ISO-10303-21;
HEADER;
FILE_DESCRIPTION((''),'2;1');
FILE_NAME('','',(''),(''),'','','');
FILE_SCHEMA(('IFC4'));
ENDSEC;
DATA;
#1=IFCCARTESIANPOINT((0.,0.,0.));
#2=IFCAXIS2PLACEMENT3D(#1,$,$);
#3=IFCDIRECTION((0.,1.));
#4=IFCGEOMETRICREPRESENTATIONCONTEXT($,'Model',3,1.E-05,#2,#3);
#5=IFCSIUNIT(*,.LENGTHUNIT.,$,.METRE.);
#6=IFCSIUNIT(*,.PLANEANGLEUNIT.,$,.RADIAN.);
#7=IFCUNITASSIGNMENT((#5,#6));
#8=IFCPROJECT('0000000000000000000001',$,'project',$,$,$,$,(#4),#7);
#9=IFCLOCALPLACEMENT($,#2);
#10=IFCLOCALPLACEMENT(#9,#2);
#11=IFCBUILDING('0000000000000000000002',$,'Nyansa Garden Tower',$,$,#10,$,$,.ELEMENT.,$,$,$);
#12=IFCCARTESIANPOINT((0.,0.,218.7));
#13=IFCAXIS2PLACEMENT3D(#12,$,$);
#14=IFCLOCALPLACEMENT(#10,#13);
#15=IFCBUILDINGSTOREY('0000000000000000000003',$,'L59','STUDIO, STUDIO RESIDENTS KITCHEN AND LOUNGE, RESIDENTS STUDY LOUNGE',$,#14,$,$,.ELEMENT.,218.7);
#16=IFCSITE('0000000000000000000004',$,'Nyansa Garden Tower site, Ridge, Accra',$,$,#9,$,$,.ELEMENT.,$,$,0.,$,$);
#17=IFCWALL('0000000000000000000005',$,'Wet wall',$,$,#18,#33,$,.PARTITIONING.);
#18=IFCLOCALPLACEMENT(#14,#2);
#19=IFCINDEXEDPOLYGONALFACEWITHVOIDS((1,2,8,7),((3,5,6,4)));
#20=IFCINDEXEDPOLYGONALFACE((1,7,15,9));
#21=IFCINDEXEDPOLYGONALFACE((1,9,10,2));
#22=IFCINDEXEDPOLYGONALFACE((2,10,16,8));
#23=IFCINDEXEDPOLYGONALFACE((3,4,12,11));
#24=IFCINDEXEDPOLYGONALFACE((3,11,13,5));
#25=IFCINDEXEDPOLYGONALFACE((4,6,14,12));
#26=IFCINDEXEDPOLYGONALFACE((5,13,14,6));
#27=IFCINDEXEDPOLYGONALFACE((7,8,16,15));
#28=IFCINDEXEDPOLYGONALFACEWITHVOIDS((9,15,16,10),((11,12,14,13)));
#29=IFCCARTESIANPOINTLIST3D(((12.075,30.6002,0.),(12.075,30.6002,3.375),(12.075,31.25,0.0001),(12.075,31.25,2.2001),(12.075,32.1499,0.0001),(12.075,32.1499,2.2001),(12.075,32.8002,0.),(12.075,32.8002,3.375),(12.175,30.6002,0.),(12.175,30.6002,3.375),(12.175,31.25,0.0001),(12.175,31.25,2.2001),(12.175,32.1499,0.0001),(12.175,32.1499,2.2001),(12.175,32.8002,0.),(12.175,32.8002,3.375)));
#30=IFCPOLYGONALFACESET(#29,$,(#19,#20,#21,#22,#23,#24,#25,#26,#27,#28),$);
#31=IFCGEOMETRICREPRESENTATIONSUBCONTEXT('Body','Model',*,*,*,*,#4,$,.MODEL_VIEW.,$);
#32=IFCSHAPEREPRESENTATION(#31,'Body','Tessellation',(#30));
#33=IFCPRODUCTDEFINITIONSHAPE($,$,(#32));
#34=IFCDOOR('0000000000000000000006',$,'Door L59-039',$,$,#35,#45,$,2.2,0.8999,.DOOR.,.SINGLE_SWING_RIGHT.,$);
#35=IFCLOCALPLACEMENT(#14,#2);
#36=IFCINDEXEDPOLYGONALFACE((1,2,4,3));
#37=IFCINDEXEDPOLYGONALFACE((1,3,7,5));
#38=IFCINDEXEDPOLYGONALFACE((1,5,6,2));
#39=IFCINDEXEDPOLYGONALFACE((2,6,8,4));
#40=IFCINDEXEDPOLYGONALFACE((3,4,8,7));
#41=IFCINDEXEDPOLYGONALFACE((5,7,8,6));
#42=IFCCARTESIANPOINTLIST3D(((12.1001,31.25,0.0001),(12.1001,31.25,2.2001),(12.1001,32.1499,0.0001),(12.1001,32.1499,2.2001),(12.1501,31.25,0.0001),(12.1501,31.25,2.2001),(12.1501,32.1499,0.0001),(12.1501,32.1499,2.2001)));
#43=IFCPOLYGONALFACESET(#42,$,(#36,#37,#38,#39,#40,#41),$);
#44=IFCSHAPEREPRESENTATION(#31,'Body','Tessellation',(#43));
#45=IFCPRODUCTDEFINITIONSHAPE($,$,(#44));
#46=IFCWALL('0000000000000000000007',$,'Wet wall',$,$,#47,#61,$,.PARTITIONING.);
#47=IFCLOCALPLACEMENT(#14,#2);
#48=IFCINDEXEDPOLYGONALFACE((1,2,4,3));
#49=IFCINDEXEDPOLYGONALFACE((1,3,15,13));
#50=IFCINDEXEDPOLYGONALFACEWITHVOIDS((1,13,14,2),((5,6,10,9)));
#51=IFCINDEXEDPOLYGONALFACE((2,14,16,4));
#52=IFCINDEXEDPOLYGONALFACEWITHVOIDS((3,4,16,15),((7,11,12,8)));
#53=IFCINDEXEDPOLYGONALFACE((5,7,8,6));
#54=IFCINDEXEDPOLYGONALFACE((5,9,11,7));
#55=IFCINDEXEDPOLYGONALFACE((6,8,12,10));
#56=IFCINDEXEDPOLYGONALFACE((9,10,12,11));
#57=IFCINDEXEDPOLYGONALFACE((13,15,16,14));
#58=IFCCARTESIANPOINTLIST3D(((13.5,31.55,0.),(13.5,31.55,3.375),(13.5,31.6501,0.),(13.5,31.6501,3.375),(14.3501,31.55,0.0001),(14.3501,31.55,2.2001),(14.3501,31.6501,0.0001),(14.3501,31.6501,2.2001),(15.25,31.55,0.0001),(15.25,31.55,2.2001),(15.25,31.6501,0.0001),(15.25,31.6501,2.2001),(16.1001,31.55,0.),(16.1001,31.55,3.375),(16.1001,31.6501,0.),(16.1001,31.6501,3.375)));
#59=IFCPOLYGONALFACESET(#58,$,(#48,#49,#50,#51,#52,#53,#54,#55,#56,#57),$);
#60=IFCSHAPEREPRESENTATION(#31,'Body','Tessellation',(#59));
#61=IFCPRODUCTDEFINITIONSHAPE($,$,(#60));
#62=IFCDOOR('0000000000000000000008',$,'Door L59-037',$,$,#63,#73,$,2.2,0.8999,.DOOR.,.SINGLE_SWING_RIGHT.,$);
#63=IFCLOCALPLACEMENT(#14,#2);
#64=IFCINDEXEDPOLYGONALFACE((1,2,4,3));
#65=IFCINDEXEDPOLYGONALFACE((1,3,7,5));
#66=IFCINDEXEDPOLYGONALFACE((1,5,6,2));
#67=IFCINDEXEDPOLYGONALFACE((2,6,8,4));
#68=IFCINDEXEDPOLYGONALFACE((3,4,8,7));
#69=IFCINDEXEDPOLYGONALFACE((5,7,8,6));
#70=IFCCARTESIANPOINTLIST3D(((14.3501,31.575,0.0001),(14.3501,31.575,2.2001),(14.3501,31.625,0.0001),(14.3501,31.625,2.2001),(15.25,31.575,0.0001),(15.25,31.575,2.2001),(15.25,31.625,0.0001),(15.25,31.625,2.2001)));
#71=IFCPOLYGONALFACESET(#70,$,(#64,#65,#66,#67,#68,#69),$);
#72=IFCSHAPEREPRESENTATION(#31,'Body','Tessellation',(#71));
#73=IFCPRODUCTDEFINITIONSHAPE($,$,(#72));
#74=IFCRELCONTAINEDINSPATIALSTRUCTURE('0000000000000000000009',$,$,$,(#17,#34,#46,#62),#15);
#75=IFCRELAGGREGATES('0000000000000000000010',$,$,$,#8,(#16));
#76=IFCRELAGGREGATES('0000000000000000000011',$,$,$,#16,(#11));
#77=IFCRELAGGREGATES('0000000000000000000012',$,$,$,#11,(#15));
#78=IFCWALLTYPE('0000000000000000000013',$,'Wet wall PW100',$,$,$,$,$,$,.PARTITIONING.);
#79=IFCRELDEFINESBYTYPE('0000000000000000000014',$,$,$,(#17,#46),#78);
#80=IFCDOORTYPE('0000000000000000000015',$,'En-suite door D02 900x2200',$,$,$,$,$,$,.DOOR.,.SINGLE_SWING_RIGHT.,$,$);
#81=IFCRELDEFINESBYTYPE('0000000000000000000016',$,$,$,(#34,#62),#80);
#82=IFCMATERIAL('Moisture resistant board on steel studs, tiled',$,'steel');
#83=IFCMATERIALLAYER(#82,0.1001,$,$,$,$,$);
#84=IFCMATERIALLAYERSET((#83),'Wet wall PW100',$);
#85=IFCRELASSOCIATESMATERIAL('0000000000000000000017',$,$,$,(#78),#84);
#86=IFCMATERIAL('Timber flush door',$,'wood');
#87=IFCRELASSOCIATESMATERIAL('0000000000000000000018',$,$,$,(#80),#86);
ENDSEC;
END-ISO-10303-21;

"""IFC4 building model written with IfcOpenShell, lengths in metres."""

from ifc_helpers import new_model, si_unit, direction, frame, frame_2d, origin, place, context, subcontext, project, spatial, rectangle, extrude, material, layer, layer_set, type_object, element, fill, save


model = new_model("IFC4")

# Units and contexts
model_context = context("Model", 3, precision=1e-05, world=origin(), true_north=direction((0.0, 1.0)))
body_context = subcontext(model_context, "Body", "Model", "MODEL_VIEW")
ifc_project = project(units=[si_unit("LENGTHUNIT", "METRE"), si_unit("PLANEANGLEUNIT", "RADIAN")], contexts=[model_context])

# Site, building, storey
site_placement = place(None, origin())
site = spatial("IfcSite", under=ifc_project, at=site_placement, Name="Nyansa Garden Tower site, Ridge, Accra", CompositionType="ELEMENT", RefElevation=0.0)
building_placement = place(site_placement, origin())
building = spatial("IfcBuilding", under=site, at=building_placement, Name="Nyansa Garden Tower", CompositionType="ELEMENT")
storey_placement = place(building_placement, frame((0.0, 0.0, 218.7)))
storey = spatial("IfcBuildingStorey", under=building, at=storey_placement, Name="L59", Description="STUDIO, STUDIO RESIDENTS KITCHEN AND LOUNGE, RESIDENTS STUDY LOUNGE", CompositionType="ELEMENT", Elevation=218.7)

# Shared definitions
ifc_material_1 = material(Name="Moisture resistant board on steel studs, tiled", Category="steel")
ifc_layer_1 = layer(ifc_material_1, 0.1001)
ifc_layer_set_1 = layer_set([ifc_layer_1], Name="Wet wall PW100")
wall_type_1 = type_object("IfcWallType", Name="Wet wall PW100", PredefinedType="PARTITIONING", material=ifc_layer_set_1)

# Walls, openings, doors
wall_1_placement = place(storey_placement, frame((12.125, 30.6001, 0.0), z_axis=(0.0, 0.0, 1.0), x_axis=(0.0, 1.0, 0.0)))
wall_1 = element("IfcWall", 1, at=wall_1_placement, inside=storey, type_object=wall_type_1, Name="Wet wall", PredefinedType="PARTITIONING", context=body_context, shape_type="SweptSolid", body=[
    extrude(rectangle(XDim=2.2, YDim=0.1001, at=frame_2d((1.1001, 0.0))), origin(), (0.0, 0.0, 1.0), 3.375),
])
opening_1_placement = place(wall_1_placement, frame((0.6499, 0.0, 0.0)))
opening_1 = element("IfcOpeningElement", 2, at=opening_1_placement, cuts=wall_1, PredefinedType="OPENING", context=body_context, shape_type="SweptSolid", body=[
    extrude(rectangle(XDim=0.8999, YDim=2.2, at=frame_2d((0.45, 1.1001))), frame((0.0, 0.0601, 0.0), z_axis=(0.0, -1.0, 0.0), x_axis=(1.0, 0.0, 0.0)), (0.0, 0.0, 1.0), 0.1201),
])
ifc_material_2 = material(Name="Timber flush door", Category="wood")
door_type_1 = type_object("IfcDoorType", Name="En-suite door D02 900x2200", OperationType="SINGLE_SWING_RIGHT", PredefinedType="DOOR", material=ifc_material_2)
door_1_placement = place(opening_1_placement, origin())
door_1 = element("IfcDoor", 3, at=door_1_placement, inside=storey, type_object=door_type_1, Name="Door L59-039", OperationType="SINGLE_SWING_RIGHT", OverallHeight=2.2, OverallWidth=0.8999, PredefinedType="DOOR", context=body_context, shape_type="SweptSolid", body=[
    extrude(rectangle(XDim=0.8999, YDim=2.2, at=frame_2d((0.45, 1.1001))), frame((0.0, 0.0249, 0.0), z_axis=(0.0, -1.0, 0.0), x_axis=(1.0, 0.0, 0.0)), (0.0, 0.0, 1.0), 0.05),
])
fill(opening_1, door_1)
wall_2_placement = place(storey_placement, frame((13.5, 31.6001, 0.0), z_axis=(0.0, 0.0, 1.0), x_axis=(1.0, 0.0, 0.0)))
wall_2 = element("IfcWall", 4, at=wall_2_placement, inside=storey, type_object=wall_type_1, Name="Wet wall", PredefinedType="PARTITIONING", context=body_context, shape_type="SweptSolid", body=[
    extrude(rectangle(XDim=2.6001, YDim=0.1001, at=frame_2d((1.3, 0.0))), origin(), (0.0, 0.0, 1.0), 3.375),
])
opening_2_placement = place(wall_2_placement, frame((0.8501, 0.0, 0.0)))
opening_2 = element("IfcOpeningElement", 5, at=opening_2_placement, cuts=wall_2, PredefinedType="OPENING", context=body_context, shape_type="SweptSolid", body=[
    extrude(rectangle(XDim=0.8999, YDim=2.2, at=frame_2d((0.45, 1.1001))), frame((0.0, 0.0601, 0.0), z_axis=(0.0, -1.0, 0.0), x_axis=(1.0, 0.0, 0.0)), (0.0, 0.0, 1.0), 0.1201),
])
door_2_placement = place(opening_2_placement, origin())
door_2 = element("IfcDoor", 6, at=door_2_placement, inside=storey, type_object=door_type_1, Name="Door L59-037", OperationType="SINGLE_SWING_RIGHT", OverallHeight=2.2, OverallWidth=0.8999, PredefinedType="DOOR", context=body_context, shape_type="SweptSolid", body=[
    extrude(rectangle(XDim=0.8999, YDim=2.2, at=frame_2d((0.45, 1.1001))), frame((0.0, 0.0249, 0.0), z_axis=(0.0, -1.0, 0.0), x_axis=(1.0, 0.0, 0.0)), (0.0, 0.0, 1.0), 0.05),
])
fill(opening_2, door_2)

save(model, "model.ifc")
